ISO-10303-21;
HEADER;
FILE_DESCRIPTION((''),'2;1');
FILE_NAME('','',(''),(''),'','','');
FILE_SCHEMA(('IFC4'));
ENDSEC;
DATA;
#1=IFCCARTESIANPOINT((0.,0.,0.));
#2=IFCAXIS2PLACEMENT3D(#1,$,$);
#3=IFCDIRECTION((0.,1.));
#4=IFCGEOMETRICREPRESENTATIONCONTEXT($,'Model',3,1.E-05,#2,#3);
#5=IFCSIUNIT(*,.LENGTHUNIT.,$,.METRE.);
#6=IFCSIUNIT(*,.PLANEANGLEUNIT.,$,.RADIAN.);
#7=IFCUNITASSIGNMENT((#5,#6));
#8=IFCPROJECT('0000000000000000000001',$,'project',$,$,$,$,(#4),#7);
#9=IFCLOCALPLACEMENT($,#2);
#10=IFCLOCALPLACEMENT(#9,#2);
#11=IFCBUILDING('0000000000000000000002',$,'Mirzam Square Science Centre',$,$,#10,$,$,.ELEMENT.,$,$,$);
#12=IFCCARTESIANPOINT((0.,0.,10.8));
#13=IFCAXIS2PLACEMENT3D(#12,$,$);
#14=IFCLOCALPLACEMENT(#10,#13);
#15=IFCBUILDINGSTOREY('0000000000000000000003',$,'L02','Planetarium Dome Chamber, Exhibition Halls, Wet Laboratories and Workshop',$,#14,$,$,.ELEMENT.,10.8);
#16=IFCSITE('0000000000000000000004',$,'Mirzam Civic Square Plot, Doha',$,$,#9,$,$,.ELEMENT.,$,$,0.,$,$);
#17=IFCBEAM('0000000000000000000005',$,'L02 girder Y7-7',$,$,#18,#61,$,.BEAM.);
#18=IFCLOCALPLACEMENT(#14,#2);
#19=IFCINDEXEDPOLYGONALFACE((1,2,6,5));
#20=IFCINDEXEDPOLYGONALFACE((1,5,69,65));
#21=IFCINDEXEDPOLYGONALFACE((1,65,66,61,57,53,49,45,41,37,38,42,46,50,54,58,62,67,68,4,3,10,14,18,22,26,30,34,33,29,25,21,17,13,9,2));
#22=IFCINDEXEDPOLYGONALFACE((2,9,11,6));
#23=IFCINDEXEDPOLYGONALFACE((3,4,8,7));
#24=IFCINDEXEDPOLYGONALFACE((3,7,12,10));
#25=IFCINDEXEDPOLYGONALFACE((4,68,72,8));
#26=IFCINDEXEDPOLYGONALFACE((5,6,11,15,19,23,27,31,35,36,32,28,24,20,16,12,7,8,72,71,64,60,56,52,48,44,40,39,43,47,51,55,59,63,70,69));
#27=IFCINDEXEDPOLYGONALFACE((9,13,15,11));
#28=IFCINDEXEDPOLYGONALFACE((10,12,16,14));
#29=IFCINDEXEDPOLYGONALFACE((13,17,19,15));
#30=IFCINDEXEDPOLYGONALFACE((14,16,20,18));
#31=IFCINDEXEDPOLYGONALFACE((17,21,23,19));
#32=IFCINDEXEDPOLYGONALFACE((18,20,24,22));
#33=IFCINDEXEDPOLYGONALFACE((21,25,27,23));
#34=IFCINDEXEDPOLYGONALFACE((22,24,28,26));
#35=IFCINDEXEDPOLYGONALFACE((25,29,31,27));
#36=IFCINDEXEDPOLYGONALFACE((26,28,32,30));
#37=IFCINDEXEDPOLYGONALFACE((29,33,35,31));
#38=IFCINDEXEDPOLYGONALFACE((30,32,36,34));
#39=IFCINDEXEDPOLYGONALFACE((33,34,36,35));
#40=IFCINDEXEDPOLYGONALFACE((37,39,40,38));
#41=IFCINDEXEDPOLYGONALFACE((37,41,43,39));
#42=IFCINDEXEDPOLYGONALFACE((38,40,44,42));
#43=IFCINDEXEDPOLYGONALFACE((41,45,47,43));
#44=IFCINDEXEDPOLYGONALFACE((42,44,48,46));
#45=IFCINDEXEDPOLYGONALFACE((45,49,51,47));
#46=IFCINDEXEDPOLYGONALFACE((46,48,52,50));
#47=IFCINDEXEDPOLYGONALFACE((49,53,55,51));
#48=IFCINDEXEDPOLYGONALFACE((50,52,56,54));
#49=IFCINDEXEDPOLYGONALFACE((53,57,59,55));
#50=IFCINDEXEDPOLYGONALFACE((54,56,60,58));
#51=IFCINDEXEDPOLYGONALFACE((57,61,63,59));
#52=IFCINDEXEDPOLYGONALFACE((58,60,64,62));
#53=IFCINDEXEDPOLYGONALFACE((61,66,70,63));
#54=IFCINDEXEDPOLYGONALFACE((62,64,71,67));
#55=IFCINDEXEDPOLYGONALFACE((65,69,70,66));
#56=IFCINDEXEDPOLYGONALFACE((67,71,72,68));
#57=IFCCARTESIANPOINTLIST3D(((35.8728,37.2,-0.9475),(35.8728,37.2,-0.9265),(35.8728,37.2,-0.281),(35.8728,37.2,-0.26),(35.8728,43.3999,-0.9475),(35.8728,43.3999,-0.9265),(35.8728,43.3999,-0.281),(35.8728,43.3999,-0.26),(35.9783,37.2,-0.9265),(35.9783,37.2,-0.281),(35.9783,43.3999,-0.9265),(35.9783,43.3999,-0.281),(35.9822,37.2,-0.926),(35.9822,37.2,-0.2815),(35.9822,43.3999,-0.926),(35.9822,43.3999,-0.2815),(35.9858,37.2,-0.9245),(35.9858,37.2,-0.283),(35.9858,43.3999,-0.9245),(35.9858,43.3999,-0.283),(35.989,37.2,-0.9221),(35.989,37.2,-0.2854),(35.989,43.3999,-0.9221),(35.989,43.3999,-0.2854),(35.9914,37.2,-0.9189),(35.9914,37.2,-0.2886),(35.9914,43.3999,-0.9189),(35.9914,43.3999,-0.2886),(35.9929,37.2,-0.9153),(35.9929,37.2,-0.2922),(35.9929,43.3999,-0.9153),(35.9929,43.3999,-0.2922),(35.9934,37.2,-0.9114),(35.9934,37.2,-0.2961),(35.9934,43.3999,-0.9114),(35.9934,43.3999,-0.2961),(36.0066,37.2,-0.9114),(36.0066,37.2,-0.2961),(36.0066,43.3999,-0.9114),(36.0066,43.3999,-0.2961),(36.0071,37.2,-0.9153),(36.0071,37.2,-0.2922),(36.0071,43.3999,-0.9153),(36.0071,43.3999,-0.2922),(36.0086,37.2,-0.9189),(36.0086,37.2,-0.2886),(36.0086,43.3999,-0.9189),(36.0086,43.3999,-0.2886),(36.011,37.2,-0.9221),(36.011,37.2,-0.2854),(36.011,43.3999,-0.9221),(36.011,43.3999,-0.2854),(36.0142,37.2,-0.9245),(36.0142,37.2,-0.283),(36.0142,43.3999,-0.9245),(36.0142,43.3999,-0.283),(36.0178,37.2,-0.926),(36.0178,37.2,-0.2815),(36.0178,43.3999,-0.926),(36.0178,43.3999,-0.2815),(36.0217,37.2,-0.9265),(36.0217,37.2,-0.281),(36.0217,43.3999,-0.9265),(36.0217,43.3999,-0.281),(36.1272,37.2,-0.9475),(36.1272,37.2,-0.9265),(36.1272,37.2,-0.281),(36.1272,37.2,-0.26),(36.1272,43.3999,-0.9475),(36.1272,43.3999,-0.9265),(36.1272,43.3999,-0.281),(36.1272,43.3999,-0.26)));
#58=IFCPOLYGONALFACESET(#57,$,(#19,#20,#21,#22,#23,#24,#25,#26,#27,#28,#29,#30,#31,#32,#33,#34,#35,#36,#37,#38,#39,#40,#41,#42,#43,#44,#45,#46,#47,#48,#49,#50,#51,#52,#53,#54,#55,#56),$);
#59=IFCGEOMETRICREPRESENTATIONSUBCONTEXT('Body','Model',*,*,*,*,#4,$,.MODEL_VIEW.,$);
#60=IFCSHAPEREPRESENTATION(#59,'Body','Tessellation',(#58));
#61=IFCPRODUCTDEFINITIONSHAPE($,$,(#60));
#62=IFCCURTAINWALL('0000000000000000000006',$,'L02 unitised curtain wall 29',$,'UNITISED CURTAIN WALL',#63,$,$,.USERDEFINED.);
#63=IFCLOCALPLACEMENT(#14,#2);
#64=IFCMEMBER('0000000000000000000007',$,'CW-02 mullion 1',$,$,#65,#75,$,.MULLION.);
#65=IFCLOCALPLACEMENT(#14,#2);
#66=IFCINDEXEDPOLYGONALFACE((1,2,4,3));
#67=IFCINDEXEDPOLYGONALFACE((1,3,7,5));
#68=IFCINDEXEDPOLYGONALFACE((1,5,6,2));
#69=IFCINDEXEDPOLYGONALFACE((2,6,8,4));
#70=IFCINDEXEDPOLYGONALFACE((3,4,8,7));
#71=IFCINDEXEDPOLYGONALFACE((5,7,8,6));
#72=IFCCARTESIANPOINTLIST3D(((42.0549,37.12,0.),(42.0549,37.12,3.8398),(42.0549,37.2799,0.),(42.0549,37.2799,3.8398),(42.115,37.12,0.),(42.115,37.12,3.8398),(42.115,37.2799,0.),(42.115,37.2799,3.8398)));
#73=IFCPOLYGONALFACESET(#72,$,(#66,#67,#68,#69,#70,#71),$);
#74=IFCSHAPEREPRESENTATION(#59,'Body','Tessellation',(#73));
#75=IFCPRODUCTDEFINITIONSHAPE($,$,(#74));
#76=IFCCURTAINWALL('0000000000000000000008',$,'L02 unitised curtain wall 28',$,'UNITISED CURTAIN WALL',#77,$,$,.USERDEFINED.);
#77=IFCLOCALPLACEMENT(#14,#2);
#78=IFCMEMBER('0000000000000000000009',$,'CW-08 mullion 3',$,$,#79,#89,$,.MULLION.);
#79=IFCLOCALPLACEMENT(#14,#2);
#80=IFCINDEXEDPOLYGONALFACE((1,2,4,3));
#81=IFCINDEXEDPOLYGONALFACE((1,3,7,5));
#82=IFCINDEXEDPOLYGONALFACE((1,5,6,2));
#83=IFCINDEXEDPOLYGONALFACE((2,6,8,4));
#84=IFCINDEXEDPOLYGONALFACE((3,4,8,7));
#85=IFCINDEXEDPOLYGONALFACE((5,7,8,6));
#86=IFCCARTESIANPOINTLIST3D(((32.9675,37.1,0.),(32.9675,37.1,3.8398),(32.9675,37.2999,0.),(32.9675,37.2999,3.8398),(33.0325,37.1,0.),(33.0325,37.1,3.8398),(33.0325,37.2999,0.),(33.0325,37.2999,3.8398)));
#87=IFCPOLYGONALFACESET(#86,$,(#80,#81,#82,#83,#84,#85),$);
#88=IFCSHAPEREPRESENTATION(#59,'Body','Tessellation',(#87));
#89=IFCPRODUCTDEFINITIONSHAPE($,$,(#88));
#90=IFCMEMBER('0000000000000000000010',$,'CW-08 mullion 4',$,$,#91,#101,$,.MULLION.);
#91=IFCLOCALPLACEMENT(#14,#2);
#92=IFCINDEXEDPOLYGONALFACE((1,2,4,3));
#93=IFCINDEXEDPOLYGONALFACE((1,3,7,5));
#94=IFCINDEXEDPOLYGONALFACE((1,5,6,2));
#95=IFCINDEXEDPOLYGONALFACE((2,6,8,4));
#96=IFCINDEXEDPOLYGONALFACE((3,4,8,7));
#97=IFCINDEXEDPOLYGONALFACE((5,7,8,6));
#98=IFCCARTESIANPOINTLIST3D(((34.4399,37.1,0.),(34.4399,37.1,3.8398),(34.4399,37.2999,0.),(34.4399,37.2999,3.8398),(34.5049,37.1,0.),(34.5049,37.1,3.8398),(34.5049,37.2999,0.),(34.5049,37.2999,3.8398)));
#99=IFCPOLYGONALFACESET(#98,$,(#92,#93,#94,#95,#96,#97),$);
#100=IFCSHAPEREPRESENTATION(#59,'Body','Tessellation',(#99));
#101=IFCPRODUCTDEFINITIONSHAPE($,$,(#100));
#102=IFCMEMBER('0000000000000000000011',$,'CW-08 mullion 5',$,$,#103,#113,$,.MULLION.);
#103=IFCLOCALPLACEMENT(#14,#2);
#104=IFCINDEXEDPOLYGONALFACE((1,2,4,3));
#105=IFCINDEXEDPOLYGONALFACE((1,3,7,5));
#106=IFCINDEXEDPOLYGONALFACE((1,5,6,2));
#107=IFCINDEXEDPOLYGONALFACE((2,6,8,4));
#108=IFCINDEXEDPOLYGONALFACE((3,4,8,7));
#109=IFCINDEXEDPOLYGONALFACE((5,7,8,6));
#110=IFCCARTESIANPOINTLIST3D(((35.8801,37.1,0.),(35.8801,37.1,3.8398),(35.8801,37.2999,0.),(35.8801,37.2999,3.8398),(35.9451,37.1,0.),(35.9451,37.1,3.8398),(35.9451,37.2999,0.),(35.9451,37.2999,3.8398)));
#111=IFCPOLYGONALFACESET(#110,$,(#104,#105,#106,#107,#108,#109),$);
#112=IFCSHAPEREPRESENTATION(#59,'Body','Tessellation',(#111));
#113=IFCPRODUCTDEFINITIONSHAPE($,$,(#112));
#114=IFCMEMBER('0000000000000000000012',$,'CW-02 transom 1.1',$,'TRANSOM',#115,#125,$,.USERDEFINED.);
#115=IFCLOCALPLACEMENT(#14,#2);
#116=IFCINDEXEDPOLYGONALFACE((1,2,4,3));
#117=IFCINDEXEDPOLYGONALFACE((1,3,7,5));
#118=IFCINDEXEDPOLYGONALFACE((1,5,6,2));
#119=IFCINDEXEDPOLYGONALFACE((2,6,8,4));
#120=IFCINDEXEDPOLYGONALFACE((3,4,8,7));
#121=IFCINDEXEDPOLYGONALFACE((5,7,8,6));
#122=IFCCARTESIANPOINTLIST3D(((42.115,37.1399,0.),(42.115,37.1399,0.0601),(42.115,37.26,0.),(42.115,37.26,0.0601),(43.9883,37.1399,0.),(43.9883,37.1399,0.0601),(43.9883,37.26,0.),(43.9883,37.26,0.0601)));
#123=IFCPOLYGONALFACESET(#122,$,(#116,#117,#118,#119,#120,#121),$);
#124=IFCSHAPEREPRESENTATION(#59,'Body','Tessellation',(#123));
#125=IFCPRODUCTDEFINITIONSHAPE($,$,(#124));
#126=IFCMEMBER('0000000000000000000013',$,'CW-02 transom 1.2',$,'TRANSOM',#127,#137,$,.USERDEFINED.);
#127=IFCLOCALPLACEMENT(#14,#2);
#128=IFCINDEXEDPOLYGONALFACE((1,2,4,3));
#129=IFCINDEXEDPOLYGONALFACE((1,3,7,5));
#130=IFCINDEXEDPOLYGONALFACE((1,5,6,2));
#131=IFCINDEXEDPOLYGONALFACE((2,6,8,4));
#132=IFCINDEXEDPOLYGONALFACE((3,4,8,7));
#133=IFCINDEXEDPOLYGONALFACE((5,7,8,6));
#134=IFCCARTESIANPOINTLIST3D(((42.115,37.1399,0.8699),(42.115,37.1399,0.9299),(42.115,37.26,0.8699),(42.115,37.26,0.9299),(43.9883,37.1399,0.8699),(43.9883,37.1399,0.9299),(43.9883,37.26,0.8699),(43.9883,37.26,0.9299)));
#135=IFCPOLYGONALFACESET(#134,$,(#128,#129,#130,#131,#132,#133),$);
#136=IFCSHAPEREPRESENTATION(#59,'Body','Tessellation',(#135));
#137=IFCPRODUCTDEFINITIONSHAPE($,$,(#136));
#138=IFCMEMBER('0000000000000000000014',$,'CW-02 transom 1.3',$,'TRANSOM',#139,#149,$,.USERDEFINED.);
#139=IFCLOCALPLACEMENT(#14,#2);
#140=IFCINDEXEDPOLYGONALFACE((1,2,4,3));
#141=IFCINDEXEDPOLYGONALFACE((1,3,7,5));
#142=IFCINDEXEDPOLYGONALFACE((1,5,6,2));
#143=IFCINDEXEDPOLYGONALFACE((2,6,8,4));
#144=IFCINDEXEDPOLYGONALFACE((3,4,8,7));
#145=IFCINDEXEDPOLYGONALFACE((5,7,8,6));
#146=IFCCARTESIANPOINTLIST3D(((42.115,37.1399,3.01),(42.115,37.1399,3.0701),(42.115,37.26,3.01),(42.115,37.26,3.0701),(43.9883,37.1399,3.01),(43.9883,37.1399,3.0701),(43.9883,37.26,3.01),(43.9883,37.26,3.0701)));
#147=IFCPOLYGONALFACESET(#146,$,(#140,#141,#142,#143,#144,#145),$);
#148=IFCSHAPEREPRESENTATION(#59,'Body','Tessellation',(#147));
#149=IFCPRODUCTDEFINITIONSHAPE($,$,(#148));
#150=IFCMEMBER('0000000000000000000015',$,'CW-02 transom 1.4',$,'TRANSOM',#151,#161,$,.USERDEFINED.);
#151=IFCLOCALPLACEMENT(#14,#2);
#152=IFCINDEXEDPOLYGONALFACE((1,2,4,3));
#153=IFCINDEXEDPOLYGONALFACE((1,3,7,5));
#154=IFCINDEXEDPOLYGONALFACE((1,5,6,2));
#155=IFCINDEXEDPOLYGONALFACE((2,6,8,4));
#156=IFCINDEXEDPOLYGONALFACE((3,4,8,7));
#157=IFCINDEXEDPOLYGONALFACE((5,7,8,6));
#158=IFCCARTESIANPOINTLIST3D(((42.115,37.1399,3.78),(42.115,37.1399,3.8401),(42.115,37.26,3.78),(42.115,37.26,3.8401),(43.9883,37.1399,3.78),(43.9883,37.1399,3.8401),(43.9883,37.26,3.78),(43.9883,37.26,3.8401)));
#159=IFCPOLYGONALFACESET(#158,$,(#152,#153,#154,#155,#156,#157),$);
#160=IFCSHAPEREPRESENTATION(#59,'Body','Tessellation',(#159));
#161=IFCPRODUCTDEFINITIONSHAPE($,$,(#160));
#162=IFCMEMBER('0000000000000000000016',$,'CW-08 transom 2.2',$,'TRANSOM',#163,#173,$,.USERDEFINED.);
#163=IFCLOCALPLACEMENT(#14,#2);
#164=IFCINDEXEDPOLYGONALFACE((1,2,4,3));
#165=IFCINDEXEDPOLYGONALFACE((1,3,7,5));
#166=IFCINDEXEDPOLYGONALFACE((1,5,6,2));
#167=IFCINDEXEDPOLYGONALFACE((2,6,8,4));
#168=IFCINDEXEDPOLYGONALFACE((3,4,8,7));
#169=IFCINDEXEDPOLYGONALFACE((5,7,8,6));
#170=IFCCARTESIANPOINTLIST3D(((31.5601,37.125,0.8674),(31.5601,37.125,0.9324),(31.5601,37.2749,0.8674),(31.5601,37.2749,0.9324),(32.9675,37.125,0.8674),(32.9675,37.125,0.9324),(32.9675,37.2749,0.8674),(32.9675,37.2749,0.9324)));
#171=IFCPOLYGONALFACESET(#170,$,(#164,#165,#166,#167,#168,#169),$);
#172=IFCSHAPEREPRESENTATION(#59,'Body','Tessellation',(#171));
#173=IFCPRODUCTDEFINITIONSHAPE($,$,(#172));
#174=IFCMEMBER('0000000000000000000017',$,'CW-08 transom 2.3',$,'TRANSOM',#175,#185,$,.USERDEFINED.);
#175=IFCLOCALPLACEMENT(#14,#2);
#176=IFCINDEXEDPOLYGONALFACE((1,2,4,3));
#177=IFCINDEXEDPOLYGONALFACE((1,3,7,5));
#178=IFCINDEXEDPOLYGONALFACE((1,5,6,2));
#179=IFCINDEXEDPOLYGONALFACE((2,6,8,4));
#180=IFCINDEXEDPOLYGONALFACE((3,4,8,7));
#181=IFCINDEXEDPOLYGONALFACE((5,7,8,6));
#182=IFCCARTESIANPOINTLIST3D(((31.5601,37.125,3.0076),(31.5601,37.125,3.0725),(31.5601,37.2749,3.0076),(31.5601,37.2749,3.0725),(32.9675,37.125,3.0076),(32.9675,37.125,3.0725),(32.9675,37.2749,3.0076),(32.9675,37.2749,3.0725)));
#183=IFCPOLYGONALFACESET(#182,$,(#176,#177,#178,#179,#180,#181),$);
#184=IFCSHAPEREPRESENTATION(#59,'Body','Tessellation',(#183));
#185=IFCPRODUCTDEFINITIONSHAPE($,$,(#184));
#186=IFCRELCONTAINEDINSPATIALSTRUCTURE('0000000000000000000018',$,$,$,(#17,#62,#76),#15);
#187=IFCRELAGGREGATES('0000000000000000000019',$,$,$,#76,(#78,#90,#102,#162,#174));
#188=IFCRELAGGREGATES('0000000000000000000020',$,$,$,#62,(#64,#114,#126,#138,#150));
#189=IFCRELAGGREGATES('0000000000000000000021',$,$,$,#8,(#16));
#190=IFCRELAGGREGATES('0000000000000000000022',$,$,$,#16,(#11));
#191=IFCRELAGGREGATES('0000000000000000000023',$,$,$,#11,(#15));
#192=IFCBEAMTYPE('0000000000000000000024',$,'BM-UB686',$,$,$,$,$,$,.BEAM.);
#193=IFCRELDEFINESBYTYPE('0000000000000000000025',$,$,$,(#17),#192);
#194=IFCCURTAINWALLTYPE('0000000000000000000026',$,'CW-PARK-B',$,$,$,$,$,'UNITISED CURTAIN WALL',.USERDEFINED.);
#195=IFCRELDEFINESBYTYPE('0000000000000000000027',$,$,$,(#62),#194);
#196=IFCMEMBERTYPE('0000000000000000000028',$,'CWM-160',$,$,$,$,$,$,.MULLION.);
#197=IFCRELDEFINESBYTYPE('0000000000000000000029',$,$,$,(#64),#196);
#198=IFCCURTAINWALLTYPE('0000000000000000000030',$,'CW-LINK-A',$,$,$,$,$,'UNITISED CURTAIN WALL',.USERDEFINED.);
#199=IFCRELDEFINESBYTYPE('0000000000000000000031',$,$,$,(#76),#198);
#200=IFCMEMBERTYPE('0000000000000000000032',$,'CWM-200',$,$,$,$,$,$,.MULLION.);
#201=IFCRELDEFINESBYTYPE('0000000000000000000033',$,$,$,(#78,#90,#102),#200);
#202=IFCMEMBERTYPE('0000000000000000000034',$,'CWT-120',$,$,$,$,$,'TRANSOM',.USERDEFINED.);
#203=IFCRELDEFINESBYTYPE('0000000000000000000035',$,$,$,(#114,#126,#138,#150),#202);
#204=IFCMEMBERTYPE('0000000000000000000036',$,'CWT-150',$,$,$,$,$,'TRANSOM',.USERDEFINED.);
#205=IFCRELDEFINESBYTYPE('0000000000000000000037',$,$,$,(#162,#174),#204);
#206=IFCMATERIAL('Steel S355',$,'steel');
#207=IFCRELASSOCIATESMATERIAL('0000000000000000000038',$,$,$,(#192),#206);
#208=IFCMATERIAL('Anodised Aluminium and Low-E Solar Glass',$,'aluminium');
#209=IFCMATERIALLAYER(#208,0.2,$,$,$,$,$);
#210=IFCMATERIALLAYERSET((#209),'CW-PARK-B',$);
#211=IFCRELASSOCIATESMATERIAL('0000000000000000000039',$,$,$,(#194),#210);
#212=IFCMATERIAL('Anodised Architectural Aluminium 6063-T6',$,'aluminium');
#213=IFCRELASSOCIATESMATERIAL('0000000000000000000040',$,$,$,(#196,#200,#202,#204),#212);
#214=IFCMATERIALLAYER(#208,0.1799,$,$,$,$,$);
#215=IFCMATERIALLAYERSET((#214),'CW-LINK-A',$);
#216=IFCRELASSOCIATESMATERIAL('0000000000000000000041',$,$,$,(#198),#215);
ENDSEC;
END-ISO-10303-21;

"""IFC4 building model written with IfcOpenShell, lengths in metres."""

from ifc_helpers import new_model, si_unit, direction, frame, origin, origin_2d, place, context, subcontext, project, spatial, rectangle, i_section, extrude, material, layer, layer_set, material_profile, profile_set, type_object, element, aggregate, save


model = new_model("IFC4")

# Units and contexts
model_context = context("Model", 3, precision=1e-05, world=origin(), true_north=direction((0.0, 1.0)))
body_context = subcontext(model_context, "Body", "Model", "MODEL_VIEW")
ifc_project = project(units=[si_unit("LENGTHUNIT", "METRE"), si_unit("PLANEANGLEUNIT", "RADIAN")], contexts=[model_context])

# Site, building, storey
site_placement = place(None, origin())
site = spatial("IfcSite", under=ifc_project, at=site_placement, Name="Mirzam Civic Square Plot, Doha", CompositionType="ELEMENT", RefElevation=0.0)
building_placement = place(site_placement, origin())
building = spatial("IfcBuilding", under=site, at=building_placement, Name="Mirzam Square Science Centre", CompositionType="ELEMENT")
storey_placement = place(building_placement, frame((0.0, 0.0, 10.8)))
storey = spatial("IfcBuildingStorey", under=building, at=storey_placement, Name="L02", Description="Planetarium Dome Chamber, Exhibition Halls, Wet Laboratories and Workshop", CompositionType="ELEMENT", Elevation=10.8)

# Shared definitions
ifc_material_1 = material(Name="Steel S355", Category="steel")

# Beam
ifc_material_profile_1 = material_profile(ifc_material_1, i_section(OverallWidth=0.2544, OverallDepth=0.6875, WebThickness=0.0132, FlangeThickness=0.021, FilletRadius=0.0151, at=origin_2d()), Name="686x254x152UB")
ifc_profile_set_1 = profile_set([ifc_material_profile_1], Name="Steel S355")
beam_type_1 = type_object("IfcBeamType", Name="BM-UB686", PredefinedType="BEAM", material=ifc_profile_set_1)
beam_1_placement = place(storey_placement, frame((36.0, 37.2, -0.6038), z_axis=(0.0, 1.0, 0.0), x_axis=(-1.0, 0.0, 0.0)))
element("IfcBeam", 1, at=beam_1_placement, inside=storey, type_object=beam_type_1, Name="L02 girder Y7-7", PredefinedType="BEAM", context=body_context, shape_type="SweptSolid", body=[
    extrude(i_section(OverallWidth=0.2544, OverallDepth=0.6875, WebThickness=0.0132, FlangeThickness=0.021, FilletRadius=0.0151, at=origin_2d()), origin(), (0.0, 0.0, 1.0), 6.2),
])

# Curtain wall, member
ifc_material_2 = material(Name="Anodised Aluminium and Low-E Solar Glass", Category="aluminium")
ifc_layer_1 = layer(ifc_material_2, 0.2)
ifc_layer_set_1 = layer_set([ifc_layer_1], Name="CW-PARK-B")
curtain_wall_type_1 = type_object("IfcCurtainWallType", Name="CW-PARK-B", ElementType="UNITISED CURTAIN WALL", PredefinedType="USERDEFINED", material=ifc_layer_set_1)
curtain_wall_1_placement = place(storey_placement, origin())
curtain_wall_1 = element("IfcCurtainWall", 2, at=curtain_wall_1_placement, inside=storey, type_object=curtain_wall_type_1, Name="L02 unitised curtain wall 29", ObjectType="UNITISED CURTAIN WALL", PredefinedType="USERDEFINED")
ifc_material_3 = material(Name="Anodised Architectural Aluminium 6063-T6", Category="aluminium")
ifc_material_profile_2 = material_profile(ifc_material_3, rectangle(XDim=0.0601, YDim=0.1599, at=origin_2d()), Name="ALU-MULL-160x60x4")
ifc_profile_set_2 = profile_set([ifc_material_profile_2], Name="Anodised Architectural Aluminium 6063-T6")
member_type_1 = type_object("IfcMemberType", Name="CWM-160", PredefinedType="MULLION", material=ifc_profile_set_2)
member_1_placement = place(storey_placement, frame((42.085, 37.2, 0.0), z_axis=(0.0, 0.0, 1.0), x_axis=(1.0, 0.0, 0.0)))
member_1 = element("IfcMember", 3, at=member_1_placement, type_object=member_type_1, Name="CW-02 mullion 1", PredefinedType="MULLION", context=body_context, shape_type="SweptSolid", body=[
    extrude(rectangle(XDim=0.0601, YDim=0.1599, at=origin_2d()), origin(), (0.0, 0.0, 1.0), 3.8398),
])

# Curtain wall, members
ifc_layer_2 = layer(ifc_material_2, 0.1799)
ifc_layer_set_2 = layer_set([ifc_layer_2], Name="CW-LINK-A")
curtain_wall_type_2 = type_object("IfcCurtainWallType", Name="CW-LINK-A", ElementType="UNITISED CURTAIN WALL", PredefinedType="USERDEFINED", material=ifc_layer_set_2)
curtain_wall_2_placement = place(storey_placement, origin())
curtain_wall_2 = element("IfcCurtainWall", 4, at=curtain_wall_2_placement, inside=storey, type_object=curtain_wall_type_2, Name="L02 unitised curtain wall 28", ObjectType="UNITISED CURTAIN WALL", PredefinedType="USERDEFINED")
ifc_material_profile_3 = material_profile(ifc_material_3, rectangle(XDim=0.0649, YDim=0.2, at=origin_2d()), Name="ALU-MULL-200x65x5")
ifc_profile_set_3 = profile_set([ifc_material_profile_3], Name="Anodised Architectural Aluminium 6063-T6")
member_type_2 = type_object("IfcMemberType", Name="CWM-200", PredefinedType="MULLION", material=ifc_profile_set_3)
member_2_placement = place(storey_placement, frame((33.0, 37.2, 0.0), z_axis=(0.0, 0.0, 1.0), x_axis=(1.0, 0.0, 0.0)))
member_2 = element("IfcMember", 5, at=member_2_placement, type_object=member_type_2, Name="CW-08 mullion 3", PredefinedType="MULLION", context=body_context, shape_type="SweptSolid", body=[
    extrude(rectangle(XDim=0.0649, YDim=0.2, at=origin_2d()), origin(), (0.0, 0.0, 1.0), 3.8398),
])
member_3_placement = place(storey_placement, frame((34.4724, 37.2, 0.0), z_axis=(0.0, 0.0, 1.0), x_axis=(1.0, 0.0, 0.0)))
member_3 = element("IfcMember", 6, at=member_3_placement, type_object=member_type_2, Name="CW-08 mullion 4", PredefinedType="MULLION", context=body_context, shape_type="SweptSolid", body=[
    extrude(rectangle(XDim=0.0649, YDim=0.2, at=origin_2d()), origin(), (0.0, 0.0, 1.0), 3.8398),
])
member_4_placement = place(storey_placement, frame((35.9126, 37.2, 0.0), z_axis=(0.0, 0.0, 1.0), x_axis=(1.0, 0.0, 0.0)))
member_4 = element("IfcMember", 7, at=member_4_placement, type_object=member_type_2, Name="CW-08 mullion 5", PredefinedType="MULLION", context=body_context, shape_type="SweptSolid", body=[
    extrude(rectangle(XDim=0.0649, YDim=0.2, at=origin_2d()), origin(), (0.0, 0.0, 1.0), 3.8398),
])

# Members
ifc_material_profile_4 = material_profile(ifc_material_3, rectangle(XDim=0.1201, YDim=0.0601, at=origin_2d()), Name="ALU-TRAN-120x60x4")
ifc_profile_set_4 = profile_set([ifc_material_profile_4], Name="Anodised Architectural Aluminium 6063-T6")
member_type_3 = type_object("IfcMemberType", Name="CWT-120", ElementType="TRANSOM", PredefinedType="USERDEFINED", material=ifc_profile_set_4)
member_5_placement = place(storey_placement, frame((42.115, 37.2, 0.03), z_axis=(1.0, 0.0, 0.0), x_axis=(0.0, 1.0, 0.0)))
member_5 = element("IfcMember", 8, at=member_5_placement, type_object=member_type_3, Name="CW-02 transom 1.1", ObjectType="TRANSOM", PredefinedType="USERDEFINED", context=body_context, shape_type="SweptSolid", body=[
    extrude(rectangle(XDim=0.1201, YDim=0.0601, at=origin_2d()), origin(), (0.0, 0.0, 1.0), 1.8733),
])
member_6_placement = place(storey_placement, frame((42.115, 37.2, 0.8999), z_axis=(1.0, 0.0, 0.0), x_axis=(0.0, 1.0, 0.0)))
member_6 = element("IfcMember", 9, at=member_6_placement, type_object=member_type_3, Name="CW-02 transom 1.2", ObjectType="TRANSOM", PredefinedType="USERDEFINED", context=body_context, shape_type="SweptSolid", body=[
    extrude(rectangle(XDim=0.1201, YDim=0.0601, at=origin_2d()), origin(), (0.0, 0.0, 1.0), 1.8733),
])
member_7_placement = place(storey_placement, frame((42.115, 37.2, 3.04), z_axis=(1.0, 0.0, 0.0), x_axis=(0.0, 1.0, 0.0)))
member_7 = element("IfcMember", 10, at=member_7_placement, type_object=member_type_3, Name="CW-02 transom 1.3", ObjectType="TRANSOM", PredefinedType="USERDEFINED", context=body_context, shape_type="SweptSolid", body=[
    extrude(rectangle(XDim=0.1201, YDim=0.0601, at=origin_2d()), origin(), (0.0, 0.0, 1.0), 1.8733),
])
member_8_placement = place(storey_placement, frame((42.115, 37.2, 3.8101), z_axis=(1.0, 0.0, 0.0), x_axis=(0.0, 1.0, 0.0)))
member_8 = element("IfcMember", 11, at=member_8_placement, type_object=member_type_3, Name="CW-02 transom 1.4", ObjectType="TRANSOM", PredefinedType="USERDEFINED", context=body_context, shape_type="SweptSolid", body=[
    extrude(rectangle(XDim=0.1201, YDim=0.0601, at=origin_2d()), origin(), (0.0, 0.0, 1.0), 1.8733),
])
ifc_material_profile_5 = material_profile(ifc_material_3, rectangle(XDim=0.1499, YDim=0.0649, at=origin_2d()), Name="ALU-TRAN-150x65x4")
ifc_profile_set_5 = profile_set([ifc_material_profile_5], Name="Anodised Architectural Aluminium 6063-T6")
member_type_4 = type_object("IfcMemberType", Name="CWT-150", ElementType="TRANSOM", PredefinedType="USERDEFINED", material=ifc_profile_set_5)
member_9_placement = place(storey_placement, frame((31.5601, 37.2, 0.8999), z_axis=(1.0, 0.0, 0.0), x_axis=(0.0, 1.0, 0.0)))
member_9 = element("IfcMember", 12, at=member_9_placement, type_object=member_type_4, Name="CW-08 transom 2.2", ObjectType="TRANSOM", PredefinedType="USERDEFINED", context=body_context, shape_type="SweptSolid", body=[
    extrude(rectangle(XDim=0.1499, YDim=0.0649, at=origin_2d()), origin(), (0.0, 0.0, 1.0), 1.4075),
])
member_10_placement = place(storey_placement, frame((31.5601, 37.2, 3.04), z_axis=(1.0, 0.0, 0.0), x_axis=(0.0, 1.0, 0.0)))
member_10 = element("IfcMember", 13, at=member_10_placement, type_object=member_type_4, Name="CW-08 transom 2.3", ObjectType="TRANSOM", PredefinedType="USERDEFINED", context=body_context, shape_type="SweptSolid", body=[
    extrude(rectangle(XDim=0.1499, YDim=0.0649, at=origin_2d()), origin(), (0.0, 0.0, 1.0), 1.4075),
])

aggregate(curtain_wall_2, [member_2, member_3, member_4, member_9, member_10])
aggregate(curtain_wall_1, [member_1, member_5, member_6, member_7, member_8])

save(model, "model.ifc")
